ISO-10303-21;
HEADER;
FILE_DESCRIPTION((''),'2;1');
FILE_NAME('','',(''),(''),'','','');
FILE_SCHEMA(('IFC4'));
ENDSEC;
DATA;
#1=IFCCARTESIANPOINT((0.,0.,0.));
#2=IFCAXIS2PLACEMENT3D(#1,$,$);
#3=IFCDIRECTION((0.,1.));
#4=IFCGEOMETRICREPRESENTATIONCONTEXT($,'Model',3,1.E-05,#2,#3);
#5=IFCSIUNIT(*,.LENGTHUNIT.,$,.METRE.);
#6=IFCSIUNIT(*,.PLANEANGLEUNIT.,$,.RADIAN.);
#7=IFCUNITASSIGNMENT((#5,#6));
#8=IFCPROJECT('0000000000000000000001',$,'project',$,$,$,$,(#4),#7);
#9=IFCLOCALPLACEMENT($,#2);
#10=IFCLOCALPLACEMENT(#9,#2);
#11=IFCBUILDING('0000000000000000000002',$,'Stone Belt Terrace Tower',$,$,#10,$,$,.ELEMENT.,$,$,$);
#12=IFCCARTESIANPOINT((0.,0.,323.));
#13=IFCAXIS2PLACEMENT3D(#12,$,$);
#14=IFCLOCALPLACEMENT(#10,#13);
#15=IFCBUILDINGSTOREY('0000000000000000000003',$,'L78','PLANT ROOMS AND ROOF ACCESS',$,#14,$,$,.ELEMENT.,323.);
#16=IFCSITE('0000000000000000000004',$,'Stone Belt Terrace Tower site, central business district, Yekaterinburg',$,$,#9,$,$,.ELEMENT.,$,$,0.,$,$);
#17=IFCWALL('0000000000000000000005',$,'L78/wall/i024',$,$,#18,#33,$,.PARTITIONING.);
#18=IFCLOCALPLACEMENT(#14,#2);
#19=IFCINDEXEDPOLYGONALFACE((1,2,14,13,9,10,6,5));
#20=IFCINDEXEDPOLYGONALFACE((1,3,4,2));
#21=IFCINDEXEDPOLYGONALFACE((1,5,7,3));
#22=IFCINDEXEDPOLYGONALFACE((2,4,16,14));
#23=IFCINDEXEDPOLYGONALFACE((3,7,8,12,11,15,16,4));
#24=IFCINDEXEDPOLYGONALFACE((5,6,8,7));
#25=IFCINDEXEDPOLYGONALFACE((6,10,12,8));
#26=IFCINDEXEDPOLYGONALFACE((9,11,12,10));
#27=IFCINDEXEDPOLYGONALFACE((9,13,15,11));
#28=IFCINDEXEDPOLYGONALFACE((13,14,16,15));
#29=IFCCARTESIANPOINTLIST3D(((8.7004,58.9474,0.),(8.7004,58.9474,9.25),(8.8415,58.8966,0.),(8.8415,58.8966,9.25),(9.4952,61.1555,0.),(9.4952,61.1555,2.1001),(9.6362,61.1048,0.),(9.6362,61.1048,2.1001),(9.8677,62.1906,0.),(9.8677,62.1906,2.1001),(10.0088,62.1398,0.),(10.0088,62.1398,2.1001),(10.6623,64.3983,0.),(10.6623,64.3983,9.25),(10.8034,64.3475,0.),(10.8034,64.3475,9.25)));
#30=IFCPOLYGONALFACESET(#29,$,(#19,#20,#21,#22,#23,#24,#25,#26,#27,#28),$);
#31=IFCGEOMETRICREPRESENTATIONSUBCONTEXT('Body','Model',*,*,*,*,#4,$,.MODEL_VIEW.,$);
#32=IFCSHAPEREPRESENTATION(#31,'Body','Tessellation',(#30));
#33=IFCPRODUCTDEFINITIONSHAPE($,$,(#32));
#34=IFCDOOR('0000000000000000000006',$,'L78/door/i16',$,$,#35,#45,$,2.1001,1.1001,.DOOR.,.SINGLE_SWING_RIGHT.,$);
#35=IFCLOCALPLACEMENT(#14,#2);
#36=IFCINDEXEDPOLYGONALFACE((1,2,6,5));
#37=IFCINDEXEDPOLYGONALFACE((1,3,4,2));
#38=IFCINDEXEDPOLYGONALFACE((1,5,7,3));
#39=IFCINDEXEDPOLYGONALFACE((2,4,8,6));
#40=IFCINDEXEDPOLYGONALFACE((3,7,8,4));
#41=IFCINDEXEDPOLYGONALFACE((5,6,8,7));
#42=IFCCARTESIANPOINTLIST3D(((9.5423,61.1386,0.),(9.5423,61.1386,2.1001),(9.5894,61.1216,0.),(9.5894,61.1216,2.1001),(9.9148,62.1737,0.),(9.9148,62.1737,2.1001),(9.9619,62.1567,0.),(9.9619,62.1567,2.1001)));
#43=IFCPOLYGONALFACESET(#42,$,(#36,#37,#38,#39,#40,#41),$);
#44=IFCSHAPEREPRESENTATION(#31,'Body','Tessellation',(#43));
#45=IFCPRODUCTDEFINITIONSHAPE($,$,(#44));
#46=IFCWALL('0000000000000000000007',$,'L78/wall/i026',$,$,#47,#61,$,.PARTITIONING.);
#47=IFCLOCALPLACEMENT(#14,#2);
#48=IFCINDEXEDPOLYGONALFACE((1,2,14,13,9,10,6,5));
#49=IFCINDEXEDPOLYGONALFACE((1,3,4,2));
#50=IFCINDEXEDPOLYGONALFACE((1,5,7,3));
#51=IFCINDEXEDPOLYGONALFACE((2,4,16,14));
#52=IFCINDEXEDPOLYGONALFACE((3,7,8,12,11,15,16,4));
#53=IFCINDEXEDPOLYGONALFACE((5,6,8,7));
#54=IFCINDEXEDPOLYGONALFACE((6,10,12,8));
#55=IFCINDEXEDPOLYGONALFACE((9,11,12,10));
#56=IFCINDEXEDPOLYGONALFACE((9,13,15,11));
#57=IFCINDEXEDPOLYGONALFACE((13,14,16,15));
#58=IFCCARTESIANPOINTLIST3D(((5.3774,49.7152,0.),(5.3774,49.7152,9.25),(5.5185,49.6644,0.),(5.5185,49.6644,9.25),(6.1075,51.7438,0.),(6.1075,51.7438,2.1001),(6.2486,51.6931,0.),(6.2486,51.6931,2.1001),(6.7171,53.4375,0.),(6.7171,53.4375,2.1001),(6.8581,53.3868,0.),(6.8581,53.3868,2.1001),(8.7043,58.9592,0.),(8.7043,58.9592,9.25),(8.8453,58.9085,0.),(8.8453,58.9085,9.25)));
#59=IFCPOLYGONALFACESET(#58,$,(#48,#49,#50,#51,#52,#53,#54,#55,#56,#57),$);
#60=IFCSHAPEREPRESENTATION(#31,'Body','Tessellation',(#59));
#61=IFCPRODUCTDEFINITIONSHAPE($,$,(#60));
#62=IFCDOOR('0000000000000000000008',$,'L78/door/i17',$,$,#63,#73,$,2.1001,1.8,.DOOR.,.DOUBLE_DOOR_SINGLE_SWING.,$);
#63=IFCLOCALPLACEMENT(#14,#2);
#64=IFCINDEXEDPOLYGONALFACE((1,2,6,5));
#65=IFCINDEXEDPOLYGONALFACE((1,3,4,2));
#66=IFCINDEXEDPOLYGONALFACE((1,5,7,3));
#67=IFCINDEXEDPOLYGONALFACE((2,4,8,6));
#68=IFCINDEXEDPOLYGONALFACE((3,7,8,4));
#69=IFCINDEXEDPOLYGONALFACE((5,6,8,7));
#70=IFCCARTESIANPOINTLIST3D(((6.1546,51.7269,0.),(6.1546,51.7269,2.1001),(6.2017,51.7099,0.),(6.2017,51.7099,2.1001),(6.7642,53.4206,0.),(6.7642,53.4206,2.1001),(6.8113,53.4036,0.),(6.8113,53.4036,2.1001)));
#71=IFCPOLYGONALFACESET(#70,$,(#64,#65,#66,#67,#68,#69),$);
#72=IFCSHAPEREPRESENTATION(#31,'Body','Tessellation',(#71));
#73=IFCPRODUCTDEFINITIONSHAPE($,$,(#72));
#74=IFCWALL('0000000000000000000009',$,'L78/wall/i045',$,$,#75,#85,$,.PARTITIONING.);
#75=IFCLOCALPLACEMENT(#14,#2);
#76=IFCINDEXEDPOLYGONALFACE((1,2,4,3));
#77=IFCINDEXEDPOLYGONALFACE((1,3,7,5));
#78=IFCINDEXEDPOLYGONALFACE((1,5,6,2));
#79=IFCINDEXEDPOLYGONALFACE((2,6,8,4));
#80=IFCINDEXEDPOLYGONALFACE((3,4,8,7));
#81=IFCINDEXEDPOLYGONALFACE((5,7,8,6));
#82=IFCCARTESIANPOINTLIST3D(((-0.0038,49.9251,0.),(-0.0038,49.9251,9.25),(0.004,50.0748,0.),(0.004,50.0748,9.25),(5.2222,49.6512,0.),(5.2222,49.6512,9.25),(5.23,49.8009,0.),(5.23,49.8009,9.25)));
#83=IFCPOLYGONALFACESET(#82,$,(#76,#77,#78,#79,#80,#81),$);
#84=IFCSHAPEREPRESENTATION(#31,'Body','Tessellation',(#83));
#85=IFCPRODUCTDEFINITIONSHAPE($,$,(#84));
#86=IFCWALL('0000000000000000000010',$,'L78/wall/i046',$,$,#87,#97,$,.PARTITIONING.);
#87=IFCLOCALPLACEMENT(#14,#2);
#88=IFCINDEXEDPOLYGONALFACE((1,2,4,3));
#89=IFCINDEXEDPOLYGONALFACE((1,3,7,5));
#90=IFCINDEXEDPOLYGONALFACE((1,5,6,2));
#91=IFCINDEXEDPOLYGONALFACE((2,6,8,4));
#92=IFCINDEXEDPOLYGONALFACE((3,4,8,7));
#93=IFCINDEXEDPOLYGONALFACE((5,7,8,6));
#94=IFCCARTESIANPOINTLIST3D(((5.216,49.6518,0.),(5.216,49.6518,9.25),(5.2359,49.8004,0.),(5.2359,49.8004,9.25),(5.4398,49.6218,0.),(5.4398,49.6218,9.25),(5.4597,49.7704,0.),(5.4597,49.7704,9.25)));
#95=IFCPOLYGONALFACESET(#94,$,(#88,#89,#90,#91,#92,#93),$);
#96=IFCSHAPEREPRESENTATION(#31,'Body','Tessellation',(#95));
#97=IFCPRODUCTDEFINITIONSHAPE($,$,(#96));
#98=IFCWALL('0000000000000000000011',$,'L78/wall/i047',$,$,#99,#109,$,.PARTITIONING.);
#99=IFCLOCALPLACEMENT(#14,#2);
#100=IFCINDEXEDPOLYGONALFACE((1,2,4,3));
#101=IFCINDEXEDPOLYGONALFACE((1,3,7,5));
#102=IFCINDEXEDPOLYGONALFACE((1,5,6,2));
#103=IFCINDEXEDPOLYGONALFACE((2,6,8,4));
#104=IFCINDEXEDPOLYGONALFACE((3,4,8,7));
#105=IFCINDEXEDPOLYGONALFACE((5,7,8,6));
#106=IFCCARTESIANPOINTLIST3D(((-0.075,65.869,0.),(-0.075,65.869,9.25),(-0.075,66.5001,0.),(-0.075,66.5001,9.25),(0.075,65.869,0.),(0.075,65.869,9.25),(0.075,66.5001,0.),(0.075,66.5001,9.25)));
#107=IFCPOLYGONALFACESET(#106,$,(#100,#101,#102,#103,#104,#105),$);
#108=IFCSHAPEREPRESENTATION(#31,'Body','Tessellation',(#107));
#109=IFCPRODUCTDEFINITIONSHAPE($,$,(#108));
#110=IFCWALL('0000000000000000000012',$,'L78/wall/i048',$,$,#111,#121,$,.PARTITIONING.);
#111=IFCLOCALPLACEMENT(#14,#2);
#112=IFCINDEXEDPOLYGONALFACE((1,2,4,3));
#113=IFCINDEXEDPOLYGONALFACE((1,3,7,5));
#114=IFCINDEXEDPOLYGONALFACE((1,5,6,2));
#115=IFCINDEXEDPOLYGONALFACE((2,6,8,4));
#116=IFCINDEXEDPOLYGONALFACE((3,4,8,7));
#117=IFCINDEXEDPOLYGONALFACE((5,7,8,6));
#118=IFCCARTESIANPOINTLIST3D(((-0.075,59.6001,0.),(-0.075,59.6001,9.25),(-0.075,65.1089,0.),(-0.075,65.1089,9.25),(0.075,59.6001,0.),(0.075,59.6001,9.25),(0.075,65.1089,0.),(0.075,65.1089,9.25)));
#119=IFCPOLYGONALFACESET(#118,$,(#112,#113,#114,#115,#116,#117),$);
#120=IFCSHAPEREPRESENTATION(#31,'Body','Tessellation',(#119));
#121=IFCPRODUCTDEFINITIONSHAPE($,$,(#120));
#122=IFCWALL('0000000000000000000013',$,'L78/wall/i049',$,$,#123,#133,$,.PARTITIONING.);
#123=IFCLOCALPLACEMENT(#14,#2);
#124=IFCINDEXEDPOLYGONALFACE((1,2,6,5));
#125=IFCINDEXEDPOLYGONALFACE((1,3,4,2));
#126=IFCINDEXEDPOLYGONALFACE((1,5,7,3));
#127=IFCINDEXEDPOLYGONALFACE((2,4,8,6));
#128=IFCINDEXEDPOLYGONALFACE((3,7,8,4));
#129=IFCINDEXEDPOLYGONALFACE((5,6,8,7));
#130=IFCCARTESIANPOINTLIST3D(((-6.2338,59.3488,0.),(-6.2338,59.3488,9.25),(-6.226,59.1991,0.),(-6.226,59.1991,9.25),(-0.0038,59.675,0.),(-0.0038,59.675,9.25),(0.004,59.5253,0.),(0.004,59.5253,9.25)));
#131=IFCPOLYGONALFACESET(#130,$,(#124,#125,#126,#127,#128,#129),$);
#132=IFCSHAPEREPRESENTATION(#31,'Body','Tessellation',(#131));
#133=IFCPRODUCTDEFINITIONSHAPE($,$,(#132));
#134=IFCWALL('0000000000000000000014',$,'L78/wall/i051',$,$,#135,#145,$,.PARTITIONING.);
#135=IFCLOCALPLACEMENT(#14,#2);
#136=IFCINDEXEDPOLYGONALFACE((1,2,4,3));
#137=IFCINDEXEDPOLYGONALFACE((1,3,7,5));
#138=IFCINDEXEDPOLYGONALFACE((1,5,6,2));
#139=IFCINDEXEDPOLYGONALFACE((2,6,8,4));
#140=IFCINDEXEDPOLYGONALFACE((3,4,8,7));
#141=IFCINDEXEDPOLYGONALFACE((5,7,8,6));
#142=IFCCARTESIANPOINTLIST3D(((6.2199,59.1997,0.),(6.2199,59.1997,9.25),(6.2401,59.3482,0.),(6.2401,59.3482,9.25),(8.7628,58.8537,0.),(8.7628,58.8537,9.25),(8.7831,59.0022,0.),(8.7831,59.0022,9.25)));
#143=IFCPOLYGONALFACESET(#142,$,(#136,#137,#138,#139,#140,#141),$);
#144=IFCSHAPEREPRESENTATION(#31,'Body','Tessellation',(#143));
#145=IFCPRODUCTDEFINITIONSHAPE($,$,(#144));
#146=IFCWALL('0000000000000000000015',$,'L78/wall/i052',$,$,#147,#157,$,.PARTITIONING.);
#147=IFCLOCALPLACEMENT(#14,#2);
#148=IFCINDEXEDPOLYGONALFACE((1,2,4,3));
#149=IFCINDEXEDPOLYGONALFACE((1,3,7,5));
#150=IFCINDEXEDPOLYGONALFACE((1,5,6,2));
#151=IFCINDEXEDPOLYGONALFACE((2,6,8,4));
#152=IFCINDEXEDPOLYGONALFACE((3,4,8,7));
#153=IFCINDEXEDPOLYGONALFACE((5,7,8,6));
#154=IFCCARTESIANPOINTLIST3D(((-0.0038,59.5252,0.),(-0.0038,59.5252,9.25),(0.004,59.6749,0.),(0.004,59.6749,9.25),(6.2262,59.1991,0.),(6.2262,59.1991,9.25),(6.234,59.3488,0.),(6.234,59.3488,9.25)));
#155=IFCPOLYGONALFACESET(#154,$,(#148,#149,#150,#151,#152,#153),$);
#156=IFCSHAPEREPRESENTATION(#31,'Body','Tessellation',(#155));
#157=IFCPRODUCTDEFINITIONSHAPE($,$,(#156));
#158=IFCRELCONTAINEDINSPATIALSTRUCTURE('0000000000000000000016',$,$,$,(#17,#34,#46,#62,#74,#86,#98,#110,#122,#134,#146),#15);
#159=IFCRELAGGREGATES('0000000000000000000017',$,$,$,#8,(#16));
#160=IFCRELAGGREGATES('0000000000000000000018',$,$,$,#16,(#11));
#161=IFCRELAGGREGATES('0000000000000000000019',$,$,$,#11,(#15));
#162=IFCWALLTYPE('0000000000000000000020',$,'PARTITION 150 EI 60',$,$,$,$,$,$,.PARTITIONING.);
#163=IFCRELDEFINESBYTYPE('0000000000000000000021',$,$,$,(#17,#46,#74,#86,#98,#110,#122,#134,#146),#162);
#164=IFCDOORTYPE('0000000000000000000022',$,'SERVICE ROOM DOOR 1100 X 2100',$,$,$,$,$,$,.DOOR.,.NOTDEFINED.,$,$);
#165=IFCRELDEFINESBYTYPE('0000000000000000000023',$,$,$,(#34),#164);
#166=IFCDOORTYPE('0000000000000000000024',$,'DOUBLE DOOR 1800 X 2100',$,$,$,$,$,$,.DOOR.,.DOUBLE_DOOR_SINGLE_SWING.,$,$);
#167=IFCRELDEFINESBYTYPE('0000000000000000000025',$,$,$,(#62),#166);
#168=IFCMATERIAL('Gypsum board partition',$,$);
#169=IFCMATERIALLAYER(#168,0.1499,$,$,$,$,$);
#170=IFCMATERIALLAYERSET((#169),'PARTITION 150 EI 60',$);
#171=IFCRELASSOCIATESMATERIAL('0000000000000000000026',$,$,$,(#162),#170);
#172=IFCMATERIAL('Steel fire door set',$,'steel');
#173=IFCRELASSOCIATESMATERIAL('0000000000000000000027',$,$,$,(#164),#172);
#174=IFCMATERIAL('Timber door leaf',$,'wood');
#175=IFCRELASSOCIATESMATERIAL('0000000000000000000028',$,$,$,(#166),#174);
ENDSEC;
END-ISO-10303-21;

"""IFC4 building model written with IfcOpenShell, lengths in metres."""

from ifc_helpers import new_model, si_unit, direction, frame, frame_2d, origin, place, context, subcontext, project, spatial, rectangle, extrude, material, layer, layer_set, type_object, element, fill, save


model = new_model("IFC4")

# Units and contexts
model_context = context("Model", 3, precision=1e-05, world=origin(), true_north=direction((0.0, 1.0)))
body_context = subcontext(model_context, "Body", "Model", "MODEL_VIEW")
ifc_project = project(units=[si_unit("LENGTHUNIT", "METRE"), si_unit("PLANEANGLEUNIT", "RADIAN")], contexts=[model_context])

# Site, building, storey
site_placement = place(None, origin())
site = spatial("IfcSite", under=ifc_project, at=site_placement, Name="Stone Belt Terrace Tower site, central business district, Yekaterinburg", CompositionType="ELEMENT", RefElevation=0.0)
building_placement = place(site_placement, origin())
building = spatial("IfcBuilding", under=site, at=building_placement, Name="Stone Belt Terrace Tower", CompositionType="ELEMENT")
storey_placement = place(building_placement, frame((0.0, 0.0, 323.0)))
storey = spatial("IfcBuildingStorey", under=building, at=storey_placement, Name="L78", Description="PLANT ROOMS AND ROOF ACCESS", CompositionType="ELEMENT", Elevation=323.0)

# Shared definitions
ifc_material_1 = material(Name="Timber door leaf", Category="wood")

# Walls, openings, doors
ifc_material_2 = material(Name="Gypsum board partition")
ifc_layer_1 = layer(ifc_material_2, 0.1499)
ifc_layer_set_1 = layer_set([ifc_layer_1], Name="PARTITION 150 EI 60")
wall_type_1 = type_object("IfcWallType", Name="PARTITION 150 EI 60", PredefinedType="PARTITIONING", material=ifc_layer_set_1)
wall_1_placement = place(storey_placement, frame((8.771, 58.9221, 0.0), z_axis=(0.0, 0.0, 1.0), x_axis=(0.338655, 0.940911, 0.0)))
wall_1 = element("IfcWall", 1, at=wall_1_placement, inside=storey, type_object=wall_type_1, Name="L78/wall/i024", PredefinedType="PARTITIONING", context=body_context, shape_type="SweptSolid", body=[
    extrude(rectangle(XDim=5.7932, YDim=0.1499, at=frame_2d((2.8965, 0.0))), origin(), (0.0, 0.0, 1.0), 9.25),
])
opening_1_placement = place(wall_1_placement, frame((2.3467, 0.0, 0.0)))
opening_1 = element("IfcOpeningElement", 2, at=opening_1_placement, cuts=wall_1, PredefinedType="OPENING", context=body_context, shape_type="SweptSolid", body=[
    extrude(rectangle(XDim=1.1001, YDim=2.1001, at=frame_2d((0.55, 1.05))), frame((0.0, 0.085, 0.0), z_axis=(0.0, -1.0, 0.0), x_axis=(1.0, 0.0, 0.0)), (0.0, 0.0, 1.0), 0.1699),
])
ifc_material_3 = material(Name="Steel fire door set", Category="steel")
door_type_1 = type_object("IfcDoorType", Name="SERVICE ROOM DOOR 1100 X 2100", OperationType="NOTDEFINED", PredefinedType="DOOR", material=ifc_material_3)
door_1_placement = place(opening_1_placement, origin())
door_1 = element("IfcDoor", 3, at=door_1_placement, inside=storey, type_object=door_type_1, Name="L78/door/i16", OperationType="SINGLE_SWING_RIGHT", OverallHeight=2.1001, OverallWidth=1.1001, PredefinedType="DOOR", context=body_context, shape_type="SweptSolid", body=[
    extrude(rectangle(XDim=1.1001, YDim=2.1001, at=frame_2d((0.55, 1.05))), frame((0.0, 0.0249, 0.0), z_axis=(0.0, -1.0, 0.0), x_axis=(1.0, 0.0, 0.0)), (0.0, 0.0, 1.0), 0.05),
])
fill(opening_1, door_1)
wall_2_placement = place(storey_placement, frame((5.448, 49.6899, 0.0), z_axis=(0.0, 0.0, 1.0), x_axis=(0.338631, 0.940919, 0.0)))
wall_2 = element("IfcWall", 4, at=wall_2_placement, inside=storey, type_object=wall_type_1, Name="L78/wall/i026", PredefinedType="PARTITIONING", context=body_context, shape_type="SweptSolid", body=[
    extrude(rectangle(XDim=9.8245, YDim=0.1499, at=frame_2d((4.9121, 0.0))), origin(), (0.0, 0.0, 1.0), 9.25),
])
opening_2_placement = place(wall_2_placement, frame((2.156, 0.0, 0.0)))
opening_2 = element("IfcOpeningElement", 5, at=opening_2_placement, cuts=wall_2, PredefinedType="OPENING", context=body_context, shape_type="SweptSolid", body=[
    extrude(rectangle(XDim=1.8, YDim=2.1001, at=frame_2d((0.8999, 1.05))), frame((0.0, 0.085, 0.0), z_axis=(0.0, -1.0, 0.0), x_axis=(1.0, 0.0, 0.0)), (0.0, 0.0, 1.0), 0.1699),
])
door_type_2 = type_object("IfcDoorType", Name="DOUBLE DOOR 1800 X 2100", OperationType="DOUBLE_DOOR_SINGLE_SWING", PredefinedType="DOOR", material=ifc_material_1)
door_2_placement = place(opening_2_placement, origin())
door_2 = element("IfcDoor", 6, at=door_2_placement, inside=storey, type_object=door_type_2, Name="L78/door/i17", OperationType="DOUBLE_DOOR_SINGLE_SWING", OverallHeight=2.1001, OverallWidth=1.8, PredefinedType="DOOR", context=body_context, shape_type="SweptSolid", body=[
    extrude(rectangle(XDim=1.8, YDim=2.1001, at=frame_2d((0.8999, 1.05))), frame((0.0, 0.0249, 0.0), z_axis=(0.0, -1.0, 0.0), x_axis=(1.0, 0.0, 0.0)), (0.0, 0.0, 1.0), 0.05),
])
fill(opening_2, door_2)

# Walls
wall_3_placement = place(storey_placement, frame((0.0, 50.0, 0.0), z_axis=(0.0, 0.0, 1.0), x_axis=(0.998629, -0.052343, 0.0)))
element("IfcWall", 7, at=wall_3_placement, inside=storey, type_object=wall_type_1, Name="L78/wall/i045", PredefinedType="PARTITIONING", context=body_context, shape_type="SweptSolid", body=[
    extrude(rectangle(XDim=5.2332, YDim=0.1499, at=frame_2d((2.6167, 0.0))), origin(), (0.0, 0.0, 1.0), 9.25),
])
wall_4_placement = place(storey_placement, frame((5.2261, 49.7261, 0.0), z_axis=(0.0, 0.0, 1.0), x_axis=(0.991124, -0.132942, 0.0)))
element("IfcWall", 8, at=wall_4_placement, inside=storey, type_object=wall_type_1, Name="L78/wall/i046", PredefinedType="PARTITIONING", context=body_context, shape_type="SweptSolid", body=[
    extrude(rectangle(XDim=0.2258, YDim=0.1499, at=frame_2d((0.1128, 0.0))), origin(), (0.0, 0.0, 1.0), 9.25),
])
wall_5_placement = place(storey_placement, frame((0.0, 66.5, 0.0), z_axis=(0.0, 0.0, 1.0), x_axis=(0.0, -1.0, 0.0)))
element("IfcWall", 9, at=wall_5_placement, inside=storey, type_object=wall_type_1, Name="L78/wall/i047", PredefinedType="PARTITIONING", context=body_context, shape_type="SweptSolid", body=[
    extrude(rectangle(XDim=0.6311, YDim=0.1499, at=frame_2d((0.3154, 0.0))), origin(), (0.0, 0.0, 1.0), 9.25),
])
wall_6_placement = place(storey_placement, frame((0.0, 65.1089, 0.0), z_axis=(0.0, 0.0, 1.0), x_axis=(0.0, -1.0, 0.0)))
element("IfcWall", 10, at=wall_6_placement, inside=storey, type_object=wall_type_1, Name="L78/wall/i048", PredefinedType="PARTITIONING", context=body_context, shape_type="SweptSolid", body=[
    extrude(rectangle(XDim=5.5088, YDim=0.1499, at=frame_2d((2.7544, 0.0))), origin(), (0.0, 0.0, 1.0), 9.25),
])
wall_7_placement = place(storey_placement, frame((0.0, 59.6001, 0.0), z_axis=(0.0, 0.0, 1.0), x_axis=(-0.998632, -0.052284, 0.0)))
element("IfcWall", 11, at=wall_7_placement, inside=storey, type_object=wall_type_1, Name="L78/wall/i049", PredefinedType="PARTITIONING", context=body_context, shape_type="SweptSolid", body=[
    extrude(rectangle(XDim=6.2385, YDim=0.1499, at=frame_2d((3.1191, 0.0))), origin(), (0.0, 0.0, 1.0), 9.25),
])
wall_8_placement = place(storey_placement, frame((8.7729, 58.928, 0.0), z_axis=(0.0, 0.0, 1.0), x_axis=(-0.990873, 0.134799, 0.0)))
element("IfcWall", 12, at=wall_8_placement, inside=storey, type_object=wall_type_1, Name="L78/wall/i051", PredefinedType="PARTITIONING", context=body_context, shape_type="SweptSolid", body=[
    extrude(rectangle(XDim=2.5664, YDim=0.1499, at=frame_2d((1.2832, 0.0))), origin(), (0.0, 0.0, 1.0), 9.25),
])
wall_9_placement = place(storey_placement, frame((6.23, 59.2739, 0.0), z_axis=(0.0, 0.0, 1.0), x_axis=(-0.998632, 0.052284, 0.0)))
element("IfcWall", 13, at=wall_9_placement, inside=storey, type_object=wall_type_1, Name="L78/wall/i052", PredefinedType="PARTITIONING", context=body_context, shape_type="SweptSolid", body=[
    extrude(rectangle(XDim=6.2385, YDim=0.1499, at=frame_2d((3.1191, 0.0))), origin(), (0.0, 0.0, 1.0), 9.25),
])

save(model, "model.ifc")
